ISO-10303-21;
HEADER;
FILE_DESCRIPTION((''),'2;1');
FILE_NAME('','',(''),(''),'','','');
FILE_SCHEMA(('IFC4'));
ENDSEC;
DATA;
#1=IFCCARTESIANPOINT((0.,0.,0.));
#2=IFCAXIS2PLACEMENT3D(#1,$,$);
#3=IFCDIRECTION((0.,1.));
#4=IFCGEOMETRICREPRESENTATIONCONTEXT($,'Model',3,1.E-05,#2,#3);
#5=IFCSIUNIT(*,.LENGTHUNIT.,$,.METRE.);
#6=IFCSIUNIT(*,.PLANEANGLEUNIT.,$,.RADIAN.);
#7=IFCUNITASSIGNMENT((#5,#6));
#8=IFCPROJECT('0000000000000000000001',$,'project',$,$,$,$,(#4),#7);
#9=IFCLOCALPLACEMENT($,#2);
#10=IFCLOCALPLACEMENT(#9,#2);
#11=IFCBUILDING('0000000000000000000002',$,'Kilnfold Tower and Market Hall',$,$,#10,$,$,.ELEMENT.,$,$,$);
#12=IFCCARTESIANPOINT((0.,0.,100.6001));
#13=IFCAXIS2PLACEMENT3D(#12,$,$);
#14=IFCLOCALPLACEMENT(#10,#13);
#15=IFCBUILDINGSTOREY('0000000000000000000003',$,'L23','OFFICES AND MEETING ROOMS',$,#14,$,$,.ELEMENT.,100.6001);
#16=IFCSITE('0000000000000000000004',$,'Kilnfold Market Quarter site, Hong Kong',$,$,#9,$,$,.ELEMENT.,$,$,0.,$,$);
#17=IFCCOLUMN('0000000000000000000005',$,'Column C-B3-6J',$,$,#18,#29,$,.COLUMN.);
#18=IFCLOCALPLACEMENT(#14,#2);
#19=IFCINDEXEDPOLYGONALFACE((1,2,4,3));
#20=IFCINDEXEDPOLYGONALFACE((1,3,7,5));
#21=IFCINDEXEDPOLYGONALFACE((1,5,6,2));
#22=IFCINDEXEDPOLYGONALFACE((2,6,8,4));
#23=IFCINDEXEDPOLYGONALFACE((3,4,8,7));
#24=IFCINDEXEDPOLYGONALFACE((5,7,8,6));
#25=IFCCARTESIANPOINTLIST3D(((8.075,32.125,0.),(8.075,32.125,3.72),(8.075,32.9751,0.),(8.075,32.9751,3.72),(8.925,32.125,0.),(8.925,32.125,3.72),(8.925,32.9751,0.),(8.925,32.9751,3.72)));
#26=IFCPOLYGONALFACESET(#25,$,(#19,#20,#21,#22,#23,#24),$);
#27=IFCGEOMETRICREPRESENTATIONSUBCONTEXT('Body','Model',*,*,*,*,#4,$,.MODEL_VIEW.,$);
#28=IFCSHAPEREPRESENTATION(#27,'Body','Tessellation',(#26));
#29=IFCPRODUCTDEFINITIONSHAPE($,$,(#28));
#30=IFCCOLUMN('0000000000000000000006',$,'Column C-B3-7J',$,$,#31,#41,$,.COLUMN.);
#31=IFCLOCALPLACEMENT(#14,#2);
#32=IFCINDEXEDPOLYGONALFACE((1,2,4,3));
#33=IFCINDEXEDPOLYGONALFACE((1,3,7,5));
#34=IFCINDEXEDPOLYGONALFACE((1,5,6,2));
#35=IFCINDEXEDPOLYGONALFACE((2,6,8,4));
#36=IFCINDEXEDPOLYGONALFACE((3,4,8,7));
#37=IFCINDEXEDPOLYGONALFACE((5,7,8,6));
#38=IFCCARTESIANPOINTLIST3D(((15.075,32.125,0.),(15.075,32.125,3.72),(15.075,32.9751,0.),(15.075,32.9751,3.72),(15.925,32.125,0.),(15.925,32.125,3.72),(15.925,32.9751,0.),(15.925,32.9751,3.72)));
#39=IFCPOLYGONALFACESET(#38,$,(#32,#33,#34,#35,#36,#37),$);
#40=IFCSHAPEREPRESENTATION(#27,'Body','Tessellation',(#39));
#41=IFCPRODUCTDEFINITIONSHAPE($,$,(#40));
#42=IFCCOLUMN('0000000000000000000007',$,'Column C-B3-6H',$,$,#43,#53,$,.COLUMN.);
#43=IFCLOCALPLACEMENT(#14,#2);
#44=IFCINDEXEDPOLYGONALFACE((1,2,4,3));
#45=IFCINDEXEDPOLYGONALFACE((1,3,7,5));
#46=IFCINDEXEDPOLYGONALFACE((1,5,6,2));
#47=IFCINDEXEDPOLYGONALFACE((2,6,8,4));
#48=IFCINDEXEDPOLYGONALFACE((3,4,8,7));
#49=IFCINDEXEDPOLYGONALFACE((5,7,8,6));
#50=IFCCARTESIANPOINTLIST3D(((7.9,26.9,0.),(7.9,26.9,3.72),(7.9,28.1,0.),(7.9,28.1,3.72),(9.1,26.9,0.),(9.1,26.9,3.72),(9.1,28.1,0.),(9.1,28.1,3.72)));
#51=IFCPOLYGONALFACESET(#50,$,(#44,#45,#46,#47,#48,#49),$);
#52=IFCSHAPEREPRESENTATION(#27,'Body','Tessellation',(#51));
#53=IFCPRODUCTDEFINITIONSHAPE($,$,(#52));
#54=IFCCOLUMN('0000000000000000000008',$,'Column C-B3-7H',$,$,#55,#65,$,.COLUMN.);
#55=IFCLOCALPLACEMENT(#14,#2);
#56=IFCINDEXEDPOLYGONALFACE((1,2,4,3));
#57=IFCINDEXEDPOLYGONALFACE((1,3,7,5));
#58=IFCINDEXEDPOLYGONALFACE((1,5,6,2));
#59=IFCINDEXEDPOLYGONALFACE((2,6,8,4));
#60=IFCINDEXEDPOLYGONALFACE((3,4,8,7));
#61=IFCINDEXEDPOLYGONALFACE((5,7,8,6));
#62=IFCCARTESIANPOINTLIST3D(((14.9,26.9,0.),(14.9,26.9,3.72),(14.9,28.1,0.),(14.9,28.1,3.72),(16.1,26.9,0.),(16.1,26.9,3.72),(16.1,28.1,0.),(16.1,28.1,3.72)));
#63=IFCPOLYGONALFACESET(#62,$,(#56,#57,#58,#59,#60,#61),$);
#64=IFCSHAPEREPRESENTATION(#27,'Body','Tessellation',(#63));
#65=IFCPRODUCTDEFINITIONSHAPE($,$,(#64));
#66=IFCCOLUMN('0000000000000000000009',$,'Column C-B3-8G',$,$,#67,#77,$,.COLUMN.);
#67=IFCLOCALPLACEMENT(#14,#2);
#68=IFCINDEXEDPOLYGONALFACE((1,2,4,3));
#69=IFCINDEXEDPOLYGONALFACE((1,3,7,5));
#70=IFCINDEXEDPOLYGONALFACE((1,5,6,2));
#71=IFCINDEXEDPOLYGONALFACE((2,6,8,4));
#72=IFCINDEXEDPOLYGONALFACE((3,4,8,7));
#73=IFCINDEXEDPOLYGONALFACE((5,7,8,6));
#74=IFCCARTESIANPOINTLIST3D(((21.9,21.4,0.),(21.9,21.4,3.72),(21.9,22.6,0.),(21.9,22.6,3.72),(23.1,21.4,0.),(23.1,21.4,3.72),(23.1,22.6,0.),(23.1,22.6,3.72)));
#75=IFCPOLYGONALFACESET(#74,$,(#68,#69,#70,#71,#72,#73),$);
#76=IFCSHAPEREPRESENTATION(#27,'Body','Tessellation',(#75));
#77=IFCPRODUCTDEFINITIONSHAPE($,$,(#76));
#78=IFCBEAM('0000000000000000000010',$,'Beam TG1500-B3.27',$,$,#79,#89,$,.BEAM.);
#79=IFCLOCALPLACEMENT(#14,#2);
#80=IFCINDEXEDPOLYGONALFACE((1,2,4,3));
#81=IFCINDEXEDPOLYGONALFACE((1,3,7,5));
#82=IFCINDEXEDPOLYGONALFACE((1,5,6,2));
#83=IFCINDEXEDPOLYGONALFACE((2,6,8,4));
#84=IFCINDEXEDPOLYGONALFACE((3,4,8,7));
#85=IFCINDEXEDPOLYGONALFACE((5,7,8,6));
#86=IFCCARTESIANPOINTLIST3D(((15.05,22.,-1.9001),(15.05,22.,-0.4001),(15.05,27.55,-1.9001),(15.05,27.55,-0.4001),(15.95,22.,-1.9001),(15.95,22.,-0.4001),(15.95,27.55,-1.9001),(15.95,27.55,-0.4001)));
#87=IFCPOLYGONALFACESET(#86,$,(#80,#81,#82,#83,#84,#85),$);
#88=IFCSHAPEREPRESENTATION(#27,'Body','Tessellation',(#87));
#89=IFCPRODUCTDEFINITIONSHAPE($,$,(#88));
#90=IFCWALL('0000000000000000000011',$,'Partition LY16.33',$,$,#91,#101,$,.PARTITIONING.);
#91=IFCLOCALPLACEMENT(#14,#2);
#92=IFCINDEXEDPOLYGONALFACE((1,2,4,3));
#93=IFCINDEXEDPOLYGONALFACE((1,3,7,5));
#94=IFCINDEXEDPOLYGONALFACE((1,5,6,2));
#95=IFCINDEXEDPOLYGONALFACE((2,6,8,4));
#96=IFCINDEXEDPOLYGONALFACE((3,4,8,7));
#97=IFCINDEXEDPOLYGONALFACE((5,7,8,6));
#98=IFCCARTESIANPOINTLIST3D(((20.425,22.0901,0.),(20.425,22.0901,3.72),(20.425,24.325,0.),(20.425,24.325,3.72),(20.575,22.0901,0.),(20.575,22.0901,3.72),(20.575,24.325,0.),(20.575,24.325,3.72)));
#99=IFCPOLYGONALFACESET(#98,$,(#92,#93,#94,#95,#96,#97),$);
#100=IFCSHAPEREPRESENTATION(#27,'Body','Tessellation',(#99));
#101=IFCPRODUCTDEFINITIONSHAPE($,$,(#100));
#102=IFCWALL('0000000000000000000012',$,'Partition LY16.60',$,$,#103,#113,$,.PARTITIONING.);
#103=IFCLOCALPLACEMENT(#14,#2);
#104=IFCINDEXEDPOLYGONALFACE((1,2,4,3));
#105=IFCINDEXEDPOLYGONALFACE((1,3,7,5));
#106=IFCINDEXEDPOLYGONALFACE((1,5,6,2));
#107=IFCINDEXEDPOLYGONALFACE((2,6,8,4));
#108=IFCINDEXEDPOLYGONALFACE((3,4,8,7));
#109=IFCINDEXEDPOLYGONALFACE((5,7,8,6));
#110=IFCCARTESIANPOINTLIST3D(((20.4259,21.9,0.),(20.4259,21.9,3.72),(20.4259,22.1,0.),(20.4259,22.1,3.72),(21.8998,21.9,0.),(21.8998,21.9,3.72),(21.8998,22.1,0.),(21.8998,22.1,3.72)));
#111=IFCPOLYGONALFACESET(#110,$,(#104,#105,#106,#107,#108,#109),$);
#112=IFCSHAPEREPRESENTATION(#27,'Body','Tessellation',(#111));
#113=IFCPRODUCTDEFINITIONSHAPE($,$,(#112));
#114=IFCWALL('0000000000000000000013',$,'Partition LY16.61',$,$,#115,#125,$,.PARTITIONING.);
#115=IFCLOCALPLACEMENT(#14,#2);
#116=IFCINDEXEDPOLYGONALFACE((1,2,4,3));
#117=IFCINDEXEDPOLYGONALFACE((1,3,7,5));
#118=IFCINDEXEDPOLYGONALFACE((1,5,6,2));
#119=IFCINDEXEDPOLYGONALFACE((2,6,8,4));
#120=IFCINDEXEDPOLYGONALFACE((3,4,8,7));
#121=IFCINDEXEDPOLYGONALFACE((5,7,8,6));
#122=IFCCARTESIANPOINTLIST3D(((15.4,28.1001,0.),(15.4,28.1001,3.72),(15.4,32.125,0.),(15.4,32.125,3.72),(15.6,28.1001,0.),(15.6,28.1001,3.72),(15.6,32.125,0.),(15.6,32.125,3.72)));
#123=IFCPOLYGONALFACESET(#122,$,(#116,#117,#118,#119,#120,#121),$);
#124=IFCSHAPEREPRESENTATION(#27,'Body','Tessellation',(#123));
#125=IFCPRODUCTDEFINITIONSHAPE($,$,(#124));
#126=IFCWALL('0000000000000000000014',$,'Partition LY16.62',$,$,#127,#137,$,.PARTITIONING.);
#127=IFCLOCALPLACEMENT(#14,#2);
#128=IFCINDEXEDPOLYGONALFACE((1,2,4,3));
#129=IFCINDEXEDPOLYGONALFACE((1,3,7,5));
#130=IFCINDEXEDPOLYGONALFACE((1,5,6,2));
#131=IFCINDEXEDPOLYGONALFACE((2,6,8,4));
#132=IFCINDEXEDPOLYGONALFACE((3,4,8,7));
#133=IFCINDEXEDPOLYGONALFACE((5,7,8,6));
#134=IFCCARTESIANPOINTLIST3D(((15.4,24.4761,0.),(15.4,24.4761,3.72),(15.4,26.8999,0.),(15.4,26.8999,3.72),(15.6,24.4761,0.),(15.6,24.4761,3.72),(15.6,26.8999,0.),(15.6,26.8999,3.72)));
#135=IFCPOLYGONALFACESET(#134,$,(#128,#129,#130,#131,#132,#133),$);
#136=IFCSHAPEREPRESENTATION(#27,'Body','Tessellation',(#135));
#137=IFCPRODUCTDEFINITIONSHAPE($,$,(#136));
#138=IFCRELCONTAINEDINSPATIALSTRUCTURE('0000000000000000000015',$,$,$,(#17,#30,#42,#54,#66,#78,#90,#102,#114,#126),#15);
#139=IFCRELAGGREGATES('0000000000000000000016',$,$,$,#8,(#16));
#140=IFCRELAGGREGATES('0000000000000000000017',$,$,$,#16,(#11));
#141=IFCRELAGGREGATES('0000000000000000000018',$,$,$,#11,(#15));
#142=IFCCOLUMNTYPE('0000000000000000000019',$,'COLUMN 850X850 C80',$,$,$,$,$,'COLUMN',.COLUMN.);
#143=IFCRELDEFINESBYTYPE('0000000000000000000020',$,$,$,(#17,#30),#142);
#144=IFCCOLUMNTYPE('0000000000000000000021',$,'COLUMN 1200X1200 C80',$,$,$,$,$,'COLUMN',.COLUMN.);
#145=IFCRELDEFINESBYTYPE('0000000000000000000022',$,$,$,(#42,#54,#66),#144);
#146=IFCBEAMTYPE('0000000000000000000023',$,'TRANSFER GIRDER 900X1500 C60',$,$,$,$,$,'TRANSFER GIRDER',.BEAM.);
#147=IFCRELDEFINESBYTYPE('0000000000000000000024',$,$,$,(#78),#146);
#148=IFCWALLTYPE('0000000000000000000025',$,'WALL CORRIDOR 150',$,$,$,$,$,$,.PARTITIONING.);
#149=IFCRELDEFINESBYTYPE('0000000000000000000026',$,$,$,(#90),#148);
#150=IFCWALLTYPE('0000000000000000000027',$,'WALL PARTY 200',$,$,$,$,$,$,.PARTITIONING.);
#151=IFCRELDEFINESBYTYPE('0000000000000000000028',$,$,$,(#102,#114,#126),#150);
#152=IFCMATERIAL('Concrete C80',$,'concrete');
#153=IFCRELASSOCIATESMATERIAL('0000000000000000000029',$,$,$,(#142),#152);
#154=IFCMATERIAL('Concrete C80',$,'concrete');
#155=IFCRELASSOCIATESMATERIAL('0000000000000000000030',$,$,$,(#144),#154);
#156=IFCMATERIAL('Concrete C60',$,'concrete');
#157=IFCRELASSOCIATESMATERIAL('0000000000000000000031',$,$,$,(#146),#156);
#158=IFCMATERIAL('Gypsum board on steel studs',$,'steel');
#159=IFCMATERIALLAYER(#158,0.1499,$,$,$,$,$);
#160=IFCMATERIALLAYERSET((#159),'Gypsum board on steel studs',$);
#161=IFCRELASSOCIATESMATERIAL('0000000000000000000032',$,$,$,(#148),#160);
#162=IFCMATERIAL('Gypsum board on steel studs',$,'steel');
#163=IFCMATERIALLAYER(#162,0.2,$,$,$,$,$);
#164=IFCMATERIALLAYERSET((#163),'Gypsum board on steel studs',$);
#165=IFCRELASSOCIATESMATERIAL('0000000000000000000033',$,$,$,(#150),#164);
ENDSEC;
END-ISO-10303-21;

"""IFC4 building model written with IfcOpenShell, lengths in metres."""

from ifc_helpers import new_model, si_unit, direction, frame, frame_2d, origin, origin_2d, place, context, subcontext, project, spatial, rectangle, extrude, source, transform, mapped, material, layer, layer_set, material_profile, profile_set, type_object, element, save


model = new_model("IFC4")

# Units and contexts
model_context = context("Model", 3, precision=1e-05, world=origin(), true_north=direction((0.0, 1.0)))
body_context = subcontext(model_context, "Body", "Model", "MODEL_VIEW")
ifc_project = project(units=[si_unit("LENGTHUNIT", "METRE"), si_unit("PLANEANGLEUNIT", "RADIAN")], contexts=[model_context])

# Site, building, storey
site_placement = place(None, origin())
site = spatial("IfcSite", under=ifc_project, at=site_placement, Name="Kilnfold Market Quarter site, Hong Kong", CompositionType="ELEMENT", RefElevation=0.0)
building_placement = place(site_placement, origin())
building = spatial("IfcBuilding", under=site, at=building_placement, Name="Kilnfold Tower and Market Hall", CompositionType="ELEMENT")
storey_placement = place(building_placement, frame((0.0, 0.0, 100.6001)))
storey = spatial("IfcBuildingStorey", under=building, at=storey_placement, Name="L23", Description="OFFICES AND MEETING ROOMS", CompositionType="ELEMENT", Elevation=100.6001)

# Columns
ifc_material_1 = material(Name="Concrete C80", Category="concrete")
ifc_material_profile_1 = material_profile(ifc_material_1, rectangle(XDim=0.8501, YDim=0.8501, at=origin_2d()), Name="RC 850x850")
ifc_profile_set_1 = profile_set([ifc_material_profile_1], Name="Concrete C80")
column_type_1 = type_object("IfcColumnType", Name="COLUMN 850X850 C80", ElementType="COLUMN", PredefinedType="COLUMN", material=ifc_profile_set_1)
shared_shape_1 = source(origin(), body_context, "Body", "SweptSolid", [
    extrude(rectangle(XDim=0.8501, YDim=0.8501, at=origin_2d()), origin(), (0.0, 0.0, 1.0), 3.72),
])
for number, where, z_axis, x_axis, name in (
    (1, (8.5, 32.55, 0.0), (0.0, 0.0, 1.0), (1.0, 0.0, 0.0), "Column C-B3-6J"),
    (2, (15.5, 32.55, 0.0), (0.0, 0.0, 1.0), (1.0, 0.0, 0.0), "Column C-B3-7J"),
):
    element("IfcColumn", number, at=place(storey_placement, frame(where, z_axis=z_axis, x_axis=x_axis)), inside=storey, type_object=column_type_1, Name=name, PredefinedType="COLUMN", context=body_context, shape_type="MappedRepresentation", body=[
        mapped(shared_shape_1, transform((0.0, 0.0, 0.0))),
    ])
ifc_material_2 = material(Name="Concrete C80", Category="concrete")
ifc_material_profile_2 = material_profile(ifc_material_2, rectangle(XDim=1.2, YDim=1.2, at=origin_2d()), Name="RC 1200x1200")
ifc_profile_set_2 = profile_set([ifc_material_profile_2], Name="Concrete C80")
column_type_2 = type_object("IfcColumnType", Name="COLUMN 1200X1200 C80", ElementType="COLUMN", PredefinedType="COLUMN", material=ifc_profile_set_2)
shared_shape_2 = source(origin(), body_context, "Body", "SweptSolid", [
    extrude(rectangle(XDim=1.2, YDim=1.2, at=origin_2d()), origin(), (0.0, 0.0, 1.0), 3.72),
])
for number, where, z_axis, x_axis, name in (
    (3, (8.5, 27.5, 0.0), (0.0, 0.0, 1.0), (1.0, 0.0, 0.0), "Column C-B3-6H"),
    (4, (15.5, 27.5, 0.0), (0.0, 0.0, 1.0), (1.0, 0.0, 0.0), "Column C-B3-7H"),
    (5, (22.5, 22.0, 0.0), (0.0, 0.0, 1.0), (1.0, 0.0, 0.0), "Column C-B3-8G"),
):
    element("IfcColumn", number, at=place(storey_placement, frame(where, z_axis=z_axis, x_axis=x_axis)), inside=storey, type_object=column_type_2, Name=name, PredefinedType="COLUMN", context=body_context, shape_type="MappedRepresentation", body=[
        mapped(shared_shape_2, transform((0.0, 0.0, 0.0))),
    ])

# Beam
ifc_material_3 = material(Name="Concrete C60", Category="concrete")
ifc_material_profile_3 = material_profile(ifc_material_3, rectangle(XDim=0.8999, YDim=1.5, at=origin_2d()), Name="RC 900x1500")
ifc_profile_set_3 = profile_set([ifc_material_profile_3], Name="Concrete C60")
beam_type = type_object("IfcBeamType", Name="TRANSFER GIRDER 900X1500 C60", ElementType="TRANSFER GIRDER", PredefinedType="BEAM", material=ifc_profile_set_3)
shared_shape_3 = source(origin(), body_context, "Body", "SweptSolid", [
    extrude(rectangle(XDim=0.8999, YDim=1.5, at=origin_2d()), origin(), (0.0, 0.0, 1.0), 5.55),
])
beam_placement = place(storey_placement, frame((15.5, 22.0, -1.1501), z_axis=(0.0, 1.0, 0.0), x_axis=(-1.0, 0.0, 0.0)))
element("IfcBeam", 6, at=beam_placement, inside=storey, type_object=beam_type, Name="Beam TG1500-B3.27", PredefinedType="BEAM", context=body_context, shape_type="MappedRepresentation", body=[
    mapped(shared_shape_3, transform((0.0, 0.0, 0.0))),
])

# Walls
ifc_material_4 = material(Name="Gypsum board on steel studs", Category="steel")
ifc_layer_1 = layer(ifc_material_4, 0.1499)
ifc_layer_set_1 = layer_set([ifc_layer_1], Name="Gypsum board on steel studs")
wall_type_1 = type_object("IfcWallType", Name="WALL CORRIDOR 150", PredefinedType="PARTITIONING", material=ifc_layer_set_1)
wall_1_placement = place(storey_placement, frame((20.5, 22.0901, 0.0), z_axis=(0.0, 0.0, 1.0), x_axis=(0.0, 1.0, 0.0)))
element("IfcWall", 7, at=wall_1_placement, inside=storey, type_object=wall_type_1, Name="Partition LY16.33", PredefinedType="PARTITIONING", context=body_context, shape_type="SweptSolid", body=[
    extrude(rectangle(XDim=2.2349, YDim=0.1499, at=frame_2d((1.1174, 0.0))), origin(), (0.0, 0.0, 1.0), 3.72),
])
ifc_material_5 = material(Name="Gypsum board on steel studs", Category="steel")
ifc_layer_2 = layer(ifc_material_5, 0.2)
ifc_layer_set_2 = layer_set([ifc_layer_2], Name="Gypsum board on steel studs")
wall_type_2 = type_object("IfcWallType", Name="WALL PARTY 200", PredefinedType="PARTITIONING", material=ifc_layer_set_2)
wall_2_placement = place(storey_placement, frame((20.426, 22.0, 0.0), z_axis=(0.0, 0.0, 1.0), x_axis=(1.0, 0.0, 0.0)))
element("IfcWall", 8, at=wall_2_placement, inside=storey, type_object=wall_type_2, Name="Partition LY16.60", PredefinedType="PARTITIONING", context=body_context, shape_type="SweptSolid", body=[
    extrude(rectangle(XDim=1.4739, YDim=0.2, at=frame_2d((0.7368, 0.0))), origin(), (0.0, 0.0, 1.0), 3.72),
])
wall_3_placement = place(storey_placement, frame((15.5, 28.1001, 0.0), z_axis=(0.0, 0.0, 1.0), x_axis=(0.0, 1.0, 0.0)))
element("IfcWall", 9, at=wall_3_placement, inside=storey, type_object=wall_type_2, Name="Partition LY16.61", PredefinedType="PARTITIONING", context=body_context, shape_type="SweptSolid", body=[
    extrude(rectangle(XDim=4.0249, YDim=0.2, at=frame_2d((2.0125, 0.0))), origin(), (0.0, 0.0, 1.0), 3.72),
])
wall_4_placement = place(storey_placement, frame((15.5, 24.4761, 0.0), z_axis=(0.0, 0.0, 1.0), x_axis=(0.0, 1.0, 0.0)))
element("IfcWall", 10, at=wall_4_placement, inside=storey, type_object=wall_type_2, Name="Partition LY16.62", PredefinedType="PARTITIONING", context=body_context, shape_type="SweptSolid", body=[
    extrude(rectangle(XDim=2.4238, YDim=0.2, at=frame_2d((1.2119, 0.0))), origin(), (0.0, 0.0, 1.0), 3.72),
])

save(model, "model.ifc")
